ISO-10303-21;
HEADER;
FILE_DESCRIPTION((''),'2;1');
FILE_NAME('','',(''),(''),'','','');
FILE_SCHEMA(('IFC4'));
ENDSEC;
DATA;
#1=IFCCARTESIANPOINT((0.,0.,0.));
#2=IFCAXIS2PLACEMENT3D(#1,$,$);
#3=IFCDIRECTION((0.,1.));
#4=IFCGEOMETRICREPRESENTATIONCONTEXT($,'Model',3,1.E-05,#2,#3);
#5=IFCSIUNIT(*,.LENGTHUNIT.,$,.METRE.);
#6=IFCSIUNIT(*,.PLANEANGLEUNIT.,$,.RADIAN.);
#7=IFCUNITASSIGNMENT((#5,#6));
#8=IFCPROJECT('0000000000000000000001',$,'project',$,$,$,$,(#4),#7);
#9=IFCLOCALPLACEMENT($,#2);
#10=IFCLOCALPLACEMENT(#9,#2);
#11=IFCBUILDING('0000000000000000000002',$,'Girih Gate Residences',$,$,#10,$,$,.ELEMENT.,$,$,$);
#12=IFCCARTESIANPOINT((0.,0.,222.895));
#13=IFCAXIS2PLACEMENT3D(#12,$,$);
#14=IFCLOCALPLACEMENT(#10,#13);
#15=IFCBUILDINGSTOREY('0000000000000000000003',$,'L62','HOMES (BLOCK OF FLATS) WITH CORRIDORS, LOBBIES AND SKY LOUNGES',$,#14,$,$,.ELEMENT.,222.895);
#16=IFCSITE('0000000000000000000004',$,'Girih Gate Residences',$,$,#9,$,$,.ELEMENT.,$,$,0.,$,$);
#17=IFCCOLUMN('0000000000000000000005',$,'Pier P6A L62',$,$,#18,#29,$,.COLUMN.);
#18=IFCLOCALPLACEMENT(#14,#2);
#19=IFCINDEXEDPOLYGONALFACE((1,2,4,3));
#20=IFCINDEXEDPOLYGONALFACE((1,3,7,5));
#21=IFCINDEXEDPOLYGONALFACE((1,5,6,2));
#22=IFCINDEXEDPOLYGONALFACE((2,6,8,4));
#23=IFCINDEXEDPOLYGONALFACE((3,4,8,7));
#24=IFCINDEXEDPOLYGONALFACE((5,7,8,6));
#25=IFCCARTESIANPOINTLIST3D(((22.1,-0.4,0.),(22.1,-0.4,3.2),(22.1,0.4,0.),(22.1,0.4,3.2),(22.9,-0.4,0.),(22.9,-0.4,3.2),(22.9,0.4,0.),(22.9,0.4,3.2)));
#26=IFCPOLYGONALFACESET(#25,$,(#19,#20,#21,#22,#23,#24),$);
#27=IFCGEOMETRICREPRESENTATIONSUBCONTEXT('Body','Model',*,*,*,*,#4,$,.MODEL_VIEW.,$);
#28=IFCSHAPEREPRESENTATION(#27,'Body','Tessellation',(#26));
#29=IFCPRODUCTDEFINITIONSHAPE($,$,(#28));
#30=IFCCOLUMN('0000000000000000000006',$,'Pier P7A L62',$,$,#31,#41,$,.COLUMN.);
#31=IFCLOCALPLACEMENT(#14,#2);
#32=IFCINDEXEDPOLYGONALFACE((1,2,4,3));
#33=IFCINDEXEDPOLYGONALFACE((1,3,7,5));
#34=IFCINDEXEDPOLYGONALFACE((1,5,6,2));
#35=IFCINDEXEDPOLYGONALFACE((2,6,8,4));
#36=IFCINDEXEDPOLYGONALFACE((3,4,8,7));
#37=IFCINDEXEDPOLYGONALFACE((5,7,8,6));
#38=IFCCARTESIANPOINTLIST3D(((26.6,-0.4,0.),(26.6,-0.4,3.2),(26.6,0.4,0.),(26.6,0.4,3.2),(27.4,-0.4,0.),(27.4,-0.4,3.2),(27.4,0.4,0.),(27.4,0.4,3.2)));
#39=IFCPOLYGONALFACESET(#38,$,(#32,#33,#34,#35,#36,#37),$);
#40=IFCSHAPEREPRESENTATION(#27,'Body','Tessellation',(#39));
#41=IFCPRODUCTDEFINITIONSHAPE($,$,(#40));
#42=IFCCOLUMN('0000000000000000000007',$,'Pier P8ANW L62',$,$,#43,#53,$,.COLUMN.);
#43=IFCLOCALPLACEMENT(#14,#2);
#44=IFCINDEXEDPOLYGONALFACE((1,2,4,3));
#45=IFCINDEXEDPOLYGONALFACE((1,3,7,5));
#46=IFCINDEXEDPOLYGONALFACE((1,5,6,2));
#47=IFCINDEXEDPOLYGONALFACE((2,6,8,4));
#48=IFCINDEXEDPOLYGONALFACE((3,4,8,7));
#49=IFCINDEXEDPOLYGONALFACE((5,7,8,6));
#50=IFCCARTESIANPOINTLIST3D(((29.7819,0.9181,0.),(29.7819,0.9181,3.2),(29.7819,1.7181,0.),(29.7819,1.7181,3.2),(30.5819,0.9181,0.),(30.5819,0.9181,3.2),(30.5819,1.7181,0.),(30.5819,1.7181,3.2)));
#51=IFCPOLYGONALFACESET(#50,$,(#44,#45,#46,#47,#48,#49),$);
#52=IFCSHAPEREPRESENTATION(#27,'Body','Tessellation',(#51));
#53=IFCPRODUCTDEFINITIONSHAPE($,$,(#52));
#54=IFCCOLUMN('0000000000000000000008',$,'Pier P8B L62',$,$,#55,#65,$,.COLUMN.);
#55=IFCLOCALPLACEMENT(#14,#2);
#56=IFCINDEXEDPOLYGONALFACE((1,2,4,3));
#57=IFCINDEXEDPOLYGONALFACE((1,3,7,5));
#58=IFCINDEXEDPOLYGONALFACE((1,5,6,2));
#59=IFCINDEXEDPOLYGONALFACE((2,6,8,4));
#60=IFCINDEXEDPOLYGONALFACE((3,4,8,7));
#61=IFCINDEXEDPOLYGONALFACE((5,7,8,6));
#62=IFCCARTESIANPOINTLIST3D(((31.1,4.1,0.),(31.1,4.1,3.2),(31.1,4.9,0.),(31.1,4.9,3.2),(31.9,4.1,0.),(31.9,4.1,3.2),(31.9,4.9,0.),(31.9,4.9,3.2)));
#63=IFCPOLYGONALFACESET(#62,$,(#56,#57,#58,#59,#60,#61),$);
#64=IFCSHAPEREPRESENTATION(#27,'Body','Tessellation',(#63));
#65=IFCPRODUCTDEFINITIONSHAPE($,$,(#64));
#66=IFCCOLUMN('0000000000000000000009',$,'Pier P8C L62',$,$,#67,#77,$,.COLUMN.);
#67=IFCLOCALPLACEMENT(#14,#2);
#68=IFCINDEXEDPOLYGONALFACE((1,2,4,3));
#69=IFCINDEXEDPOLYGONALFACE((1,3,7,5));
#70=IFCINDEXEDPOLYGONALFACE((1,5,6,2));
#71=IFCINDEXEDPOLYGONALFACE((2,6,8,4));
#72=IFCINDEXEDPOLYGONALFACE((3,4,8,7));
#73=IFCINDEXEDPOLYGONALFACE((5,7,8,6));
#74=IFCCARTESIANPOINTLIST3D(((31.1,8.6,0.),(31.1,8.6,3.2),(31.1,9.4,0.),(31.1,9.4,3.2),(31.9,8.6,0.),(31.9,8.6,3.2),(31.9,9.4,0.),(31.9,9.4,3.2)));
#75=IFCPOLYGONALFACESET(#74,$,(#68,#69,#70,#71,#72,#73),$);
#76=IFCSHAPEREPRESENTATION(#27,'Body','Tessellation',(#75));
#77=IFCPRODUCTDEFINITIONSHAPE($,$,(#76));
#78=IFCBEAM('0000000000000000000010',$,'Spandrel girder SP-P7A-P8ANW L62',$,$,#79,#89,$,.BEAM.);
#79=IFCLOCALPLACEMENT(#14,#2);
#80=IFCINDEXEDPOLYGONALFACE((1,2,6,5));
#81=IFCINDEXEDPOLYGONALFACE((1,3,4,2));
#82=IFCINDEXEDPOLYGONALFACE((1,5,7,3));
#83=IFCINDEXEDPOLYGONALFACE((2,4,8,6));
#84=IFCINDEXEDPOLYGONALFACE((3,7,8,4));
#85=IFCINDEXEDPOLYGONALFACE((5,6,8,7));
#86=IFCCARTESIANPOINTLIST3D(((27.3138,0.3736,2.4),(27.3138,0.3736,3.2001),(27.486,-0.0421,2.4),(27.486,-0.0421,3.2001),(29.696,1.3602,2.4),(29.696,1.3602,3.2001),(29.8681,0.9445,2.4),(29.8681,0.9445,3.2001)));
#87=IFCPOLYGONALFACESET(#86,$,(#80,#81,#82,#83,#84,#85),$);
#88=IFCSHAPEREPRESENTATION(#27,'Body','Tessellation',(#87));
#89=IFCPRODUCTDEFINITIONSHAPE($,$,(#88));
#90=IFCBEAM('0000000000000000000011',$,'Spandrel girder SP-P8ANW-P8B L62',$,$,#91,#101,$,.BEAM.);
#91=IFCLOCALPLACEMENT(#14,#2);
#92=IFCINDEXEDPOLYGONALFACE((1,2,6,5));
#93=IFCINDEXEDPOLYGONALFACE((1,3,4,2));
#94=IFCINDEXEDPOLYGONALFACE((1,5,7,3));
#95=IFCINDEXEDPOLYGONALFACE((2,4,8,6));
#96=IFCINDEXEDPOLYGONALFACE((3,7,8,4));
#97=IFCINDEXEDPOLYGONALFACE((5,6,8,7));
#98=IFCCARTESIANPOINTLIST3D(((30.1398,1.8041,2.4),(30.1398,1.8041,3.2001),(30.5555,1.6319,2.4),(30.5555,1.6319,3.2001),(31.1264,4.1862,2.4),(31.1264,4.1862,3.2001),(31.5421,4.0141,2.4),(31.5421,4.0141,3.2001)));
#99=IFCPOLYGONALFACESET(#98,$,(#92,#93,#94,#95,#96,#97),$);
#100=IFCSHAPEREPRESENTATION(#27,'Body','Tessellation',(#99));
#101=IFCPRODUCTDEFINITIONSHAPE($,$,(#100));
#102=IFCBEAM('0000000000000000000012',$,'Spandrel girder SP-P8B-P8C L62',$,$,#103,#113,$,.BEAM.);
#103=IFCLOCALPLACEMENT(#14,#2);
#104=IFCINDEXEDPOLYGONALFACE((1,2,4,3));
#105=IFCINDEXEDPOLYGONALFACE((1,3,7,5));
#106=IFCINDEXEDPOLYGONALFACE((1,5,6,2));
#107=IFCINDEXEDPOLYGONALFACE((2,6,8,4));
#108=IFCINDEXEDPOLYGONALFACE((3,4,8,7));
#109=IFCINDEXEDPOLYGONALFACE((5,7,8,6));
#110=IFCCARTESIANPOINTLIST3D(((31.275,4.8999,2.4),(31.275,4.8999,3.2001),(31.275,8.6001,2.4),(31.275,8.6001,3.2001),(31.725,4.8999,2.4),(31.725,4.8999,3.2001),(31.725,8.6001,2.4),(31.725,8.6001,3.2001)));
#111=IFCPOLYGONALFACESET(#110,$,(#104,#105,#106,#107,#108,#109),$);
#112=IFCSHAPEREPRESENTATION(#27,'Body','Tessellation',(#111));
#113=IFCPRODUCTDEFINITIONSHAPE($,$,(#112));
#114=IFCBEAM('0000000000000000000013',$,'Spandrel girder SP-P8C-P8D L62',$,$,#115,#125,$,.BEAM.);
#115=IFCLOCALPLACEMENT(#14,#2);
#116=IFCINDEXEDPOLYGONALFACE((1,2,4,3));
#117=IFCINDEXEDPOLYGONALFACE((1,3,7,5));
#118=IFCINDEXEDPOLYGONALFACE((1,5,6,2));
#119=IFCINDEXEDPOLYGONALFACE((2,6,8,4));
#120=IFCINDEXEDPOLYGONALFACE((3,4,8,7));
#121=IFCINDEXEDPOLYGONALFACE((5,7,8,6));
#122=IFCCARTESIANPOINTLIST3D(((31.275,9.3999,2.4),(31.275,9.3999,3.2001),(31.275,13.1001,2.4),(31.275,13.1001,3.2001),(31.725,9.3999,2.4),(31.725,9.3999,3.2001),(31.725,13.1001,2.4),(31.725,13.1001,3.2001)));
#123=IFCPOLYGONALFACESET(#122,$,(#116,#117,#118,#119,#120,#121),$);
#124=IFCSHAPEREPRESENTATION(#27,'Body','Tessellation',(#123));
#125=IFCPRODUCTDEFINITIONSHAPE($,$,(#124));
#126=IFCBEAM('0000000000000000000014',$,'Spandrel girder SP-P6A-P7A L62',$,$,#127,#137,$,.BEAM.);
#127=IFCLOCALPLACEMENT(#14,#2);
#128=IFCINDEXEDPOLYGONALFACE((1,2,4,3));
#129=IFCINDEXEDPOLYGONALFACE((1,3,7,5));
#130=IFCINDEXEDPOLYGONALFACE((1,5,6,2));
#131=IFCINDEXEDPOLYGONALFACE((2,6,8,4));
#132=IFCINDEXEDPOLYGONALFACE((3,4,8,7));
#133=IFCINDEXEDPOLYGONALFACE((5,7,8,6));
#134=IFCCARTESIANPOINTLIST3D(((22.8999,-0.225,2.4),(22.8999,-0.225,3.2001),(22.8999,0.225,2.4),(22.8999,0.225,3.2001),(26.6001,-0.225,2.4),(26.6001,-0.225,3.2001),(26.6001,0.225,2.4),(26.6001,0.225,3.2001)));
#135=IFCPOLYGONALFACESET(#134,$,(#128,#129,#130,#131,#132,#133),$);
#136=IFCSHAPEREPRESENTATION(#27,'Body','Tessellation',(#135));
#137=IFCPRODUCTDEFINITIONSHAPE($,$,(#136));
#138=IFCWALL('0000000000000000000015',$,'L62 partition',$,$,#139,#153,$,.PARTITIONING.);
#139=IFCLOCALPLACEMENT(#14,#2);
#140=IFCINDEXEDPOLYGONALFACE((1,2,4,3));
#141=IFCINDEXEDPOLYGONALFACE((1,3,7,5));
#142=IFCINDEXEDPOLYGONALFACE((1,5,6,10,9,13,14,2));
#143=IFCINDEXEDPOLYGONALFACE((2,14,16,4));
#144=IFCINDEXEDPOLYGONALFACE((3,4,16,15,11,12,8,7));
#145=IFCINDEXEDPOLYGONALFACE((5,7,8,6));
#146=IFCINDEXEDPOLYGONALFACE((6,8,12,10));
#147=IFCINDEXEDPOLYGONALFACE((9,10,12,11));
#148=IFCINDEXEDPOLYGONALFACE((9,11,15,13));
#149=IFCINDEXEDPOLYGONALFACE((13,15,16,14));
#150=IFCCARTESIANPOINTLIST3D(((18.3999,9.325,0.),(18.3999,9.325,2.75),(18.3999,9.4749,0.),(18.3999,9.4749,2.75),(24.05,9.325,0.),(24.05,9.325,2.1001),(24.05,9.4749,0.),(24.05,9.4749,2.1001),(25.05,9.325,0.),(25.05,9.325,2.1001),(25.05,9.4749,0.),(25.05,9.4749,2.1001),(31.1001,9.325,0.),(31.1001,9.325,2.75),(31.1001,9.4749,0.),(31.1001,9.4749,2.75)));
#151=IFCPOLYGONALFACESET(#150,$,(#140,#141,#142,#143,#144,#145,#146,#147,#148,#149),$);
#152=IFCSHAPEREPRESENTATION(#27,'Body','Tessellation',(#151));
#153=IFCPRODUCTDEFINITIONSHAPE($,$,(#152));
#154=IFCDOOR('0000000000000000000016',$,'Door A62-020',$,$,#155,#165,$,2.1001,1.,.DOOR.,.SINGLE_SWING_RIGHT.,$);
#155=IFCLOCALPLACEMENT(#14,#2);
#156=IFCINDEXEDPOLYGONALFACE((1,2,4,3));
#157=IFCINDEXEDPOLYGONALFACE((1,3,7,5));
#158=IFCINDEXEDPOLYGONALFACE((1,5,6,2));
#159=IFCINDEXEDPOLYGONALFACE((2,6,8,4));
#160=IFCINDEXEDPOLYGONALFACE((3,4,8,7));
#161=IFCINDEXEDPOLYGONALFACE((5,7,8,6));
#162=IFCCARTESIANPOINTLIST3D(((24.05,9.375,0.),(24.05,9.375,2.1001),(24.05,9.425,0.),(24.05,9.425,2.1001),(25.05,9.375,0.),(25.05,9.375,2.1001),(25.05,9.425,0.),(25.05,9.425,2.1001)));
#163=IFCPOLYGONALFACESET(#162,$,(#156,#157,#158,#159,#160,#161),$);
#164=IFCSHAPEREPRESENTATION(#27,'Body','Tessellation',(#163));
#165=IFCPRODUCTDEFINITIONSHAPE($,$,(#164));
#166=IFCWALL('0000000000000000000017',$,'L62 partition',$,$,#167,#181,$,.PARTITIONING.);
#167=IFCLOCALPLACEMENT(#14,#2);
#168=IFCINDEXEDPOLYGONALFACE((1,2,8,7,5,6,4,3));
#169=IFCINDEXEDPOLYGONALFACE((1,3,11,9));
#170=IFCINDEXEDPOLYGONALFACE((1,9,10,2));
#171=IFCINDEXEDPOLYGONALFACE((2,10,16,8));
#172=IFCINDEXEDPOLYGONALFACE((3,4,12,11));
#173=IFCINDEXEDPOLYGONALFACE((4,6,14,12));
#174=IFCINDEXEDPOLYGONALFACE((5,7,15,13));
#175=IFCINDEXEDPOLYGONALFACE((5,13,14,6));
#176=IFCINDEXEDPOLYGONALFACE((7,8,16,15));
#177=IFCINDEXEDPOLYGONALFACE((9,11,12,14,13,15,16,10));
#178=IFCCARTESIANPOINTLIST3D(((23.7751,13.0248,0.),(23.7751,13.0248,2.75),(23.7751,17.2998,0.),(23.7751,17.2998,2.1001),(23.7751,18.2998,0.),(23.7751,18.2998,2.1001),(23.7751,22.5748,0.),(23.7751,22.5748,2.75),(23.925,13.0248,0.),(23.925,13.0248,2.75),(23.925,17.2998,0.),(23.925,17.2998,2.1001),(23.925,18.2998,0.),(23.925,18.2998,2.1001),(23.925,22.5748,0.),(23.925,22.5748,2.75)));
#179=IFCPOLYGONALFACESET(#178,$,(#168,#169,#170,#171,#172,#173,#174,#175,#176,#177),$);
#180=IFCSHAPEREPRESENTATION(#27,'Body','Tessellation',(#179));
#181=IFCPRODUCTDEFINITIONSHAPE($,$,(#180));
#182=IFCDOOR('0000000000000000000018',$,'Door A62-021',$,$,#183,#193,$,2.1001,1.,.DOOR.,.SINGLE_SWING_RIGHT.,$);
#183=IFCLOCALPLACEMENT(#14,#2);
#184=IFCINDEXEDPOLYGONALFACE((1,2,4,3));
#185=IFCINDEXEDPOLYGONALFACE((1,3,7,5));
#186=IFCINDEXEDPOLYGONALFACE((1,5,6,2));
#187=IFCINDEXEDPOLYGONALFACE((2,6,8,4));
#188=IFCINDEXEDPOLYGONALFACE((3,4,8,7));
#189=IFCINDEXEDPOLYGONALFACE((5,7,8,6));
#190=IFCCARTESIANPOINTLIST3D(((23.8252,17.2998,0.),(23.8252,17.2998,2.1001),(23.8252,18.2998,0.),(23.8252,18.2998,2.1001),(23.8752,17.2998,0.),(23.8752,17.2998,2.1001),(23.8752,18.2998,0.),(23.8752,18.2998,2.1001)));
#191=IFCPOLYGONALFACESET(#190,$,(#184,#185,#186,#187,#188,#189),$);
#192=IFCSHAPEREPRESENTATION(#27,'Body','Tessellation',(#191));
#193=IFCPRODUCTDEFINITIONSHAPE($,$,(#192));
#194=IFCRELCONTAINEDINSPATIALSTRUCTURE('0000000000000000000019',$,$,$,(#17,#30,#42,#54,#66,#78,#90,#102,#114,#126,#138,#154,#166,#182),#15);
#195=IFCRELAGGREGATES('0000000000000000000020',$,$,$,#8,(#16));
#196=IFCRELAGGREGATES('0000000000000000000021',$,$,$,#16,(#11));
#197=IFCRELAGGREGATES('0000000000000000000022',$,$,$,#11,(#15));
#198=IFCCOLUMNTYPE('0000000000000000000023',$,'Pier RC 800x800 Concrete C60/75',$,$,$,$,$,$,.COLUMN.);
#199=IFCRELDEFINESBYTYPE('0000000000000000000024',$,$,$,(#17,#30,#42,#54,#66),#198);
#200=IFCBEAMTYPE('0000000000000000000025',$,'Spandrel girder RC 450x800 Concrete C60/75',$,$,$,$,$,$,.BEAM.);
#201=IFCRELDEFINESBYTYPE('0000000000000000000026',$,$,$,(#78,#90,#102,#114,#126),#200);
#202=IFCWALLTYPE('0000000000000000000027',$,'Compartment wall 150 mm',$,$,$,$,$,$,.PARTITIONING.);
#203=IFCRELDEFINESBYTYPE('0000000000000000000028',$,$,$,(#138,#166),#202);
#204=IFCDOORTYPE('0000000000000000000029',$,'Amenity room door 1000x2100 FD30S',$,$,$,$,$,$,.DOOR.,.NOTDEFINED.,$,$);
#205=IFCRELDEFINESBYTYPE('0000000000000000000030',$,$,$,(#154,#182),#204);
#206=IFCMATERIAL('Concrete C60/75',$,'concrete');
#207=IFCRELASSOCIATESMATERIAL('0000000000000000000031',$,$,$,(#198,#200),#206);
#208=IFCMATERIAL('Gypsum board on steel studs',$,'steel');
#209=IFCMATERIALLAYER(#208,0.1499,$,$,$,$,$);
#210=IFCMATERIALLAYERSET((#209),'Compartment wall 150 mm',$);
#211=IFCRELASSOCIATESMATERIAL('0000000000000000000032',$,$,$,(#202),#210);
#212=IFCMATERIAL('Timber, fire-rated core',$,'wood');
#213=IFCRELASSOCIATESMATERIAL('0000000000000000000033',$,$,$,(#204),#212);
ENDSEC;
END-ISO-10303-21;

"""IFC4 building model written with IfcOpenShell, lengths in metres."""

from ifc_helpers import new_model, si_unit, direction, frame, frame_2d, origin, origin_2d, place, context, subcontext, project, spatial, rectangle, extrude, material, layer, layer_set, material_profile, profile_set, type_object, element, fill, save


model = new_model("IFC4")

# Units and contexts
model_context = context("Model", 3, precision=1e-05, world=origin(), true_north=direction((0.0, 1.0)))
body_context = subcontext(model_context, "Body", "Model", "MODEL_VIEW")
ifc_project = project(units=[si_unit("LENGTHUNIT", "METRE"), si_unit("PLANEANGLEUNIT", "RADIAN")], contexts=[model_context])

# Site, building, storey
site_placement = place(None, origin())
site = spatial("IfcSite", under=ifc_project, at=site_placement, Name="Girih Gate Residences", CompositionType="ELEMENT", RefElevation=0.0)
building_placement = place(site_placement, origin())
building = spatial("IfcBuilding", under=site, at=building_placement, Name="Girih Gate Residences", CompositionType="ELEMENT")
storey_placement = place(building_placement, frame((0.0, 0.0, 222.895)))
storey = spatial("IfcBuildingStorey", under=building, at=storey_placement, Name="L62", Description="HOMES (BLOCK OF FLATS) WITH CORRIDORS, LOBBIES AND SKY LOUNGES", CompositionType="ELEMENT", Elevation=222.895)

# Columns
ifc_material_1 = material(Name="Concrete C60/75", Category="concrete")
ifc_material_profile_1 = material_profile(ifc_material_1, rectangle(XDim=0.8, YDim=0.8, at=origin_2d()))
ifc_profile_set_1 = profile_set([ifc_material_profile_1], Name="Concrete C60/75")
column_type = type_object("IfcColumnType", Name="Pier RC 800x800 Concrete C60/75", PredefinedType="COLUMN", material=ifc_profile_set_1)
for number, where, z_axis, x_axis, name in (
    (1, (22.5, 0.0, 0.0), (0.0, 0.0, 1.0), (1.0, 0.0, 0.0), "Pier P6A L62"),
    (2, (27.0, 0.0, 0.0), (0.0, 0.0, 1.0), (1.0, 0.0, 0.0), "Pier P7A L62"),
    (3, (30.1819, 1.3181, 0.0), (0.0, 0.0, 1.0), (1.0, 0.0, 0.0), "Pier P8ANW L62"),
    (4, (31.5, 4.5, 0.0), (0.0, 0.0, 1.0), (1.0, 0.0, 0.0), "Pier P8B L62"),
    (5, (31.5, 9.0, 0.0), (0.0, 0.0, 1.0), (1.0, 0.0, 0.0), "Pier P8C L62"),
):
    element("IfcColumn", number, at=place(storey_placement, frame(where, z_axis=z_axis, x_axis=x_axis)), inside=storey, type_object=column_type, Name=name, PredefinedType="COLUMN", context=body_context, shape_type="SweptSolid", body=[
        extrude(rectangle(XDim=0.8, YDim=0.8, at=origin_2d()), origin(), (0.0, 0.0, 1.0), 3.2),
    ])

# Beams
ifc_material_profile_2 = material_profile(ifc_material_1, rectangle(XDim=0.45, YDim=0.8, at=origin_2d()))
ifc_profile_set_2 = profile_set([ifc_material_profile_2], Name="Concrete C60/75")
beam_type = type_object("IfcBeamType", Name="Spandrel girder RC 450x800 Concrete C60/75", PredefinedType="BEAM", material=ifc_profile_set_2)
for number, where, z_axis, x_axis, name in (
    (6, (27.3999, 0.1658, 2.8), (0.923896, 0.382644, 0.0), (-0.382644, 0.923896, 0.0), "Spandrel girder SP-P7A-P8ANW L62"),
    (7, (30.3477, 1.718, 2.8), (0.382644, 0.923896, 0.0), (-0.923896, 0.382644, 0.0), "Spandrel girder SP-P8ANW-P8B L62"),
):
    element("IfcBeam", number, at=place(storey_placement, frame(where, z_axis=z_axis, x_axis=x_axis)), inside=storey, type_object=beam_type, Name=name, PredefinedType="BEAM", context=body_context, shape_type="SweptSolid", body=[
        extrude(rectangle(XDim=0.45, YDim=0.8, at=origin_2d()), origin(), (0.0, 0.0, 1.0), 2.5784),
    ])
for number, where, z_axis, x_axis, name in (
    (8, (31.5, 4.8999, 2.8), (0.0, 1.0, 0.0), (-1.0, 0.0, 0.0), "Spandrel girder SP-P8B-P8C L62"),
    (9, (31.5, 9.3999, 2.8), (0.0, 1.0, 0.0), (-1.0, 0.0, 0.0), "Spandrel girder SP-P8C-P8D L62"),
    (10, (22.8999, 0.0, 2.8), (1.0, 0.0, 0.0), (0.0, 1.0, 0.0), "Spandrel girder SP-P6A-P7A L62"),
):
    element("IfcBeam", number, at=place(storey_placement, frame(where, z_axis=z_axis, x_axis=x_axis)), inside=storey, type_object=beam_type, Name=name, PredefinedType="BEAM", context=body_context, shape_type="SweptSolid", body=[
        extrude(rectangle(XDim=0.45, YDim=0.8, at=origin_2d()), origin(), (0.0, 0.0, 1.0), 3.7002),
    ])

# Walls, openings, doors
ifc_material_2 = material(Name="Gypsum board on steel studs", Category="steel")
ifc_layer_1 = layer(ifc_material_2, 0.1499)
ifc_layer_set_1 = layer_set([ifc_layer_1], Name="Compartment wall 150 mm")
wall_type_1 = type_object("IfcWallType", Name="Compartment wall 150 mm", PredefinedType="PARTITIONING", material=ifc_layer_set_1)
wall_1_placement = place(storey_placement, frame((31.1001, 9.3999, 0.0), z_axis=(0.0, 0.0, 1.0), x_axis=(-1.0, 0.0, 0.0)))
wall_1 = element("IfcWall", 11, at=wall_1_placement, inside=storey, type_object=wall_type_1, Name="L62 partition", PredefinedType="PARTITIONING", context=body_context, shape_type="SweptSolid", body=[
    extrude(rectangle(XDim=12.7002, YDim=0.1499, at=frame_2d((6.3501, 0.0))), origin(), (0.0, 0.0, 1.0), 2.75),
])
opening_1_placement = place(wall_1_placement, frame((6.05, 0.0, 0.0)))
opening_1 = element("IfcOpeningElement", 12, at=opening_1_placement, cuts=wall_1, PredefinedType="OPENING", context=body_context, shape_type="SweptSolid", body=[
    extrude(rectangle(XDim=1.0, YDim=2.1001, at=frame_2d((0.5, 1.05))), frame((0.0, 0.085, 0.0), z_axis=(0.0, -1.0, 0.0), x_axis=(1.0, 0.0, 0.0)), (0.0, 0.0, 1.0), 0.1699),
])
ifc_material_3 = material(Name="Timber, fire-rated core", Category="wood")
door_type = type_object("IfcDoorType", Name="Amenity room door 1000x2100 FD30S", OperationType="NOTDEFINED", PredefinedType="DOOR", material=ifc_material_3)
door_1_placement = place(opening_1_placement, origin())
door_1 = element("IfcDoor", 13, at=door_1_placement, inside=storey, type_object=door_type, Name="Door A62-020", OperationType="SINGLE_SWING_RIGHT", OverallHeight=2.1001, OverallWidth=1.0, PredefinedType="DOOR", context=body_context, shape_type="SweptSolid", body=[
    extrude(rectangle(XDim=1.0, YDim=2.1001, at=frame_2d((0.5, 1.05))), frame((0.0, 0.0249, 0.0), z_axis=(0.0, -1.0, 0.0), x_axis=(1.0, 0.0, 0.0)), (0.0, 0.0, 1.0), 0.05),
])
fill(opening_1, door_1)
wall_2_placement = place(storey_placement, frame((23.8501, 13.0249, 0.0), z_axis=(0.0, 0.0, 1.0), x_axis=(0.0, 1.0, 0.0)))
wall_2 = element("IfcWall", 14, at=wall_2_placement, inside=storey, type_object=wall_type_1, Name="L62 partition", PredefinedType="PARTITIONING", context=body_context, shape_type="SweptSolid", body=[
    extrude(rectangle(XDim=9.55, YDim=0.1499, at=frame_2d((4.7749, 0.0))), origin(), (0.0, 0.0, 1.0), 2.75),
])
opening_2_placement = place(wall_2_placement, frame((4.2749, 0.0, 0.0)))
opening_2 = element("IfcOpeningElement", 15, at=opening_2_placement, cuts=wall_2, PredefinedType="OPENING", context=body_context, shape_type="SweptSolid", body=[
    extrude(rectangle(XDim=1.0, YDim=2.1001, at=frame_2d((0.5, 1.05))), frame((0.0, 0.085, 0.0), z_axis=(0.0, -1.0, 0.0), x_axis=(1.0, 0.0, 0.0)), (0.0, 0.0, 1.0), 0.1699),
])
door_2_placement = place(opening_2_placement, origin())
door_2 = element("IfcDoor", 16, at=door_2_placement, inside=storey, type_object=door_type, Name="Door A62-021", OperationType="SINGLE_SWING_RIGHT", OverallHeight=2.1001, OverallWidth=1.0, PredefinedType="DOOR", context=body_context, shape_type="SweptSolid", body=[
    extrude(rectangle(XDim=1.0, YDim=2.1001, at=frame_2d((0.5, 1.05))), frame((0.0, 0.0249, 0.0), z_axis=(0.0, -1.0, 0.0), x_axis=(1.0, 0.0, 0.0)), (0.0, 0.0, 1.0), 0.05),
])
fill(opening_2, door_2)

save(model, "model.ifc")
